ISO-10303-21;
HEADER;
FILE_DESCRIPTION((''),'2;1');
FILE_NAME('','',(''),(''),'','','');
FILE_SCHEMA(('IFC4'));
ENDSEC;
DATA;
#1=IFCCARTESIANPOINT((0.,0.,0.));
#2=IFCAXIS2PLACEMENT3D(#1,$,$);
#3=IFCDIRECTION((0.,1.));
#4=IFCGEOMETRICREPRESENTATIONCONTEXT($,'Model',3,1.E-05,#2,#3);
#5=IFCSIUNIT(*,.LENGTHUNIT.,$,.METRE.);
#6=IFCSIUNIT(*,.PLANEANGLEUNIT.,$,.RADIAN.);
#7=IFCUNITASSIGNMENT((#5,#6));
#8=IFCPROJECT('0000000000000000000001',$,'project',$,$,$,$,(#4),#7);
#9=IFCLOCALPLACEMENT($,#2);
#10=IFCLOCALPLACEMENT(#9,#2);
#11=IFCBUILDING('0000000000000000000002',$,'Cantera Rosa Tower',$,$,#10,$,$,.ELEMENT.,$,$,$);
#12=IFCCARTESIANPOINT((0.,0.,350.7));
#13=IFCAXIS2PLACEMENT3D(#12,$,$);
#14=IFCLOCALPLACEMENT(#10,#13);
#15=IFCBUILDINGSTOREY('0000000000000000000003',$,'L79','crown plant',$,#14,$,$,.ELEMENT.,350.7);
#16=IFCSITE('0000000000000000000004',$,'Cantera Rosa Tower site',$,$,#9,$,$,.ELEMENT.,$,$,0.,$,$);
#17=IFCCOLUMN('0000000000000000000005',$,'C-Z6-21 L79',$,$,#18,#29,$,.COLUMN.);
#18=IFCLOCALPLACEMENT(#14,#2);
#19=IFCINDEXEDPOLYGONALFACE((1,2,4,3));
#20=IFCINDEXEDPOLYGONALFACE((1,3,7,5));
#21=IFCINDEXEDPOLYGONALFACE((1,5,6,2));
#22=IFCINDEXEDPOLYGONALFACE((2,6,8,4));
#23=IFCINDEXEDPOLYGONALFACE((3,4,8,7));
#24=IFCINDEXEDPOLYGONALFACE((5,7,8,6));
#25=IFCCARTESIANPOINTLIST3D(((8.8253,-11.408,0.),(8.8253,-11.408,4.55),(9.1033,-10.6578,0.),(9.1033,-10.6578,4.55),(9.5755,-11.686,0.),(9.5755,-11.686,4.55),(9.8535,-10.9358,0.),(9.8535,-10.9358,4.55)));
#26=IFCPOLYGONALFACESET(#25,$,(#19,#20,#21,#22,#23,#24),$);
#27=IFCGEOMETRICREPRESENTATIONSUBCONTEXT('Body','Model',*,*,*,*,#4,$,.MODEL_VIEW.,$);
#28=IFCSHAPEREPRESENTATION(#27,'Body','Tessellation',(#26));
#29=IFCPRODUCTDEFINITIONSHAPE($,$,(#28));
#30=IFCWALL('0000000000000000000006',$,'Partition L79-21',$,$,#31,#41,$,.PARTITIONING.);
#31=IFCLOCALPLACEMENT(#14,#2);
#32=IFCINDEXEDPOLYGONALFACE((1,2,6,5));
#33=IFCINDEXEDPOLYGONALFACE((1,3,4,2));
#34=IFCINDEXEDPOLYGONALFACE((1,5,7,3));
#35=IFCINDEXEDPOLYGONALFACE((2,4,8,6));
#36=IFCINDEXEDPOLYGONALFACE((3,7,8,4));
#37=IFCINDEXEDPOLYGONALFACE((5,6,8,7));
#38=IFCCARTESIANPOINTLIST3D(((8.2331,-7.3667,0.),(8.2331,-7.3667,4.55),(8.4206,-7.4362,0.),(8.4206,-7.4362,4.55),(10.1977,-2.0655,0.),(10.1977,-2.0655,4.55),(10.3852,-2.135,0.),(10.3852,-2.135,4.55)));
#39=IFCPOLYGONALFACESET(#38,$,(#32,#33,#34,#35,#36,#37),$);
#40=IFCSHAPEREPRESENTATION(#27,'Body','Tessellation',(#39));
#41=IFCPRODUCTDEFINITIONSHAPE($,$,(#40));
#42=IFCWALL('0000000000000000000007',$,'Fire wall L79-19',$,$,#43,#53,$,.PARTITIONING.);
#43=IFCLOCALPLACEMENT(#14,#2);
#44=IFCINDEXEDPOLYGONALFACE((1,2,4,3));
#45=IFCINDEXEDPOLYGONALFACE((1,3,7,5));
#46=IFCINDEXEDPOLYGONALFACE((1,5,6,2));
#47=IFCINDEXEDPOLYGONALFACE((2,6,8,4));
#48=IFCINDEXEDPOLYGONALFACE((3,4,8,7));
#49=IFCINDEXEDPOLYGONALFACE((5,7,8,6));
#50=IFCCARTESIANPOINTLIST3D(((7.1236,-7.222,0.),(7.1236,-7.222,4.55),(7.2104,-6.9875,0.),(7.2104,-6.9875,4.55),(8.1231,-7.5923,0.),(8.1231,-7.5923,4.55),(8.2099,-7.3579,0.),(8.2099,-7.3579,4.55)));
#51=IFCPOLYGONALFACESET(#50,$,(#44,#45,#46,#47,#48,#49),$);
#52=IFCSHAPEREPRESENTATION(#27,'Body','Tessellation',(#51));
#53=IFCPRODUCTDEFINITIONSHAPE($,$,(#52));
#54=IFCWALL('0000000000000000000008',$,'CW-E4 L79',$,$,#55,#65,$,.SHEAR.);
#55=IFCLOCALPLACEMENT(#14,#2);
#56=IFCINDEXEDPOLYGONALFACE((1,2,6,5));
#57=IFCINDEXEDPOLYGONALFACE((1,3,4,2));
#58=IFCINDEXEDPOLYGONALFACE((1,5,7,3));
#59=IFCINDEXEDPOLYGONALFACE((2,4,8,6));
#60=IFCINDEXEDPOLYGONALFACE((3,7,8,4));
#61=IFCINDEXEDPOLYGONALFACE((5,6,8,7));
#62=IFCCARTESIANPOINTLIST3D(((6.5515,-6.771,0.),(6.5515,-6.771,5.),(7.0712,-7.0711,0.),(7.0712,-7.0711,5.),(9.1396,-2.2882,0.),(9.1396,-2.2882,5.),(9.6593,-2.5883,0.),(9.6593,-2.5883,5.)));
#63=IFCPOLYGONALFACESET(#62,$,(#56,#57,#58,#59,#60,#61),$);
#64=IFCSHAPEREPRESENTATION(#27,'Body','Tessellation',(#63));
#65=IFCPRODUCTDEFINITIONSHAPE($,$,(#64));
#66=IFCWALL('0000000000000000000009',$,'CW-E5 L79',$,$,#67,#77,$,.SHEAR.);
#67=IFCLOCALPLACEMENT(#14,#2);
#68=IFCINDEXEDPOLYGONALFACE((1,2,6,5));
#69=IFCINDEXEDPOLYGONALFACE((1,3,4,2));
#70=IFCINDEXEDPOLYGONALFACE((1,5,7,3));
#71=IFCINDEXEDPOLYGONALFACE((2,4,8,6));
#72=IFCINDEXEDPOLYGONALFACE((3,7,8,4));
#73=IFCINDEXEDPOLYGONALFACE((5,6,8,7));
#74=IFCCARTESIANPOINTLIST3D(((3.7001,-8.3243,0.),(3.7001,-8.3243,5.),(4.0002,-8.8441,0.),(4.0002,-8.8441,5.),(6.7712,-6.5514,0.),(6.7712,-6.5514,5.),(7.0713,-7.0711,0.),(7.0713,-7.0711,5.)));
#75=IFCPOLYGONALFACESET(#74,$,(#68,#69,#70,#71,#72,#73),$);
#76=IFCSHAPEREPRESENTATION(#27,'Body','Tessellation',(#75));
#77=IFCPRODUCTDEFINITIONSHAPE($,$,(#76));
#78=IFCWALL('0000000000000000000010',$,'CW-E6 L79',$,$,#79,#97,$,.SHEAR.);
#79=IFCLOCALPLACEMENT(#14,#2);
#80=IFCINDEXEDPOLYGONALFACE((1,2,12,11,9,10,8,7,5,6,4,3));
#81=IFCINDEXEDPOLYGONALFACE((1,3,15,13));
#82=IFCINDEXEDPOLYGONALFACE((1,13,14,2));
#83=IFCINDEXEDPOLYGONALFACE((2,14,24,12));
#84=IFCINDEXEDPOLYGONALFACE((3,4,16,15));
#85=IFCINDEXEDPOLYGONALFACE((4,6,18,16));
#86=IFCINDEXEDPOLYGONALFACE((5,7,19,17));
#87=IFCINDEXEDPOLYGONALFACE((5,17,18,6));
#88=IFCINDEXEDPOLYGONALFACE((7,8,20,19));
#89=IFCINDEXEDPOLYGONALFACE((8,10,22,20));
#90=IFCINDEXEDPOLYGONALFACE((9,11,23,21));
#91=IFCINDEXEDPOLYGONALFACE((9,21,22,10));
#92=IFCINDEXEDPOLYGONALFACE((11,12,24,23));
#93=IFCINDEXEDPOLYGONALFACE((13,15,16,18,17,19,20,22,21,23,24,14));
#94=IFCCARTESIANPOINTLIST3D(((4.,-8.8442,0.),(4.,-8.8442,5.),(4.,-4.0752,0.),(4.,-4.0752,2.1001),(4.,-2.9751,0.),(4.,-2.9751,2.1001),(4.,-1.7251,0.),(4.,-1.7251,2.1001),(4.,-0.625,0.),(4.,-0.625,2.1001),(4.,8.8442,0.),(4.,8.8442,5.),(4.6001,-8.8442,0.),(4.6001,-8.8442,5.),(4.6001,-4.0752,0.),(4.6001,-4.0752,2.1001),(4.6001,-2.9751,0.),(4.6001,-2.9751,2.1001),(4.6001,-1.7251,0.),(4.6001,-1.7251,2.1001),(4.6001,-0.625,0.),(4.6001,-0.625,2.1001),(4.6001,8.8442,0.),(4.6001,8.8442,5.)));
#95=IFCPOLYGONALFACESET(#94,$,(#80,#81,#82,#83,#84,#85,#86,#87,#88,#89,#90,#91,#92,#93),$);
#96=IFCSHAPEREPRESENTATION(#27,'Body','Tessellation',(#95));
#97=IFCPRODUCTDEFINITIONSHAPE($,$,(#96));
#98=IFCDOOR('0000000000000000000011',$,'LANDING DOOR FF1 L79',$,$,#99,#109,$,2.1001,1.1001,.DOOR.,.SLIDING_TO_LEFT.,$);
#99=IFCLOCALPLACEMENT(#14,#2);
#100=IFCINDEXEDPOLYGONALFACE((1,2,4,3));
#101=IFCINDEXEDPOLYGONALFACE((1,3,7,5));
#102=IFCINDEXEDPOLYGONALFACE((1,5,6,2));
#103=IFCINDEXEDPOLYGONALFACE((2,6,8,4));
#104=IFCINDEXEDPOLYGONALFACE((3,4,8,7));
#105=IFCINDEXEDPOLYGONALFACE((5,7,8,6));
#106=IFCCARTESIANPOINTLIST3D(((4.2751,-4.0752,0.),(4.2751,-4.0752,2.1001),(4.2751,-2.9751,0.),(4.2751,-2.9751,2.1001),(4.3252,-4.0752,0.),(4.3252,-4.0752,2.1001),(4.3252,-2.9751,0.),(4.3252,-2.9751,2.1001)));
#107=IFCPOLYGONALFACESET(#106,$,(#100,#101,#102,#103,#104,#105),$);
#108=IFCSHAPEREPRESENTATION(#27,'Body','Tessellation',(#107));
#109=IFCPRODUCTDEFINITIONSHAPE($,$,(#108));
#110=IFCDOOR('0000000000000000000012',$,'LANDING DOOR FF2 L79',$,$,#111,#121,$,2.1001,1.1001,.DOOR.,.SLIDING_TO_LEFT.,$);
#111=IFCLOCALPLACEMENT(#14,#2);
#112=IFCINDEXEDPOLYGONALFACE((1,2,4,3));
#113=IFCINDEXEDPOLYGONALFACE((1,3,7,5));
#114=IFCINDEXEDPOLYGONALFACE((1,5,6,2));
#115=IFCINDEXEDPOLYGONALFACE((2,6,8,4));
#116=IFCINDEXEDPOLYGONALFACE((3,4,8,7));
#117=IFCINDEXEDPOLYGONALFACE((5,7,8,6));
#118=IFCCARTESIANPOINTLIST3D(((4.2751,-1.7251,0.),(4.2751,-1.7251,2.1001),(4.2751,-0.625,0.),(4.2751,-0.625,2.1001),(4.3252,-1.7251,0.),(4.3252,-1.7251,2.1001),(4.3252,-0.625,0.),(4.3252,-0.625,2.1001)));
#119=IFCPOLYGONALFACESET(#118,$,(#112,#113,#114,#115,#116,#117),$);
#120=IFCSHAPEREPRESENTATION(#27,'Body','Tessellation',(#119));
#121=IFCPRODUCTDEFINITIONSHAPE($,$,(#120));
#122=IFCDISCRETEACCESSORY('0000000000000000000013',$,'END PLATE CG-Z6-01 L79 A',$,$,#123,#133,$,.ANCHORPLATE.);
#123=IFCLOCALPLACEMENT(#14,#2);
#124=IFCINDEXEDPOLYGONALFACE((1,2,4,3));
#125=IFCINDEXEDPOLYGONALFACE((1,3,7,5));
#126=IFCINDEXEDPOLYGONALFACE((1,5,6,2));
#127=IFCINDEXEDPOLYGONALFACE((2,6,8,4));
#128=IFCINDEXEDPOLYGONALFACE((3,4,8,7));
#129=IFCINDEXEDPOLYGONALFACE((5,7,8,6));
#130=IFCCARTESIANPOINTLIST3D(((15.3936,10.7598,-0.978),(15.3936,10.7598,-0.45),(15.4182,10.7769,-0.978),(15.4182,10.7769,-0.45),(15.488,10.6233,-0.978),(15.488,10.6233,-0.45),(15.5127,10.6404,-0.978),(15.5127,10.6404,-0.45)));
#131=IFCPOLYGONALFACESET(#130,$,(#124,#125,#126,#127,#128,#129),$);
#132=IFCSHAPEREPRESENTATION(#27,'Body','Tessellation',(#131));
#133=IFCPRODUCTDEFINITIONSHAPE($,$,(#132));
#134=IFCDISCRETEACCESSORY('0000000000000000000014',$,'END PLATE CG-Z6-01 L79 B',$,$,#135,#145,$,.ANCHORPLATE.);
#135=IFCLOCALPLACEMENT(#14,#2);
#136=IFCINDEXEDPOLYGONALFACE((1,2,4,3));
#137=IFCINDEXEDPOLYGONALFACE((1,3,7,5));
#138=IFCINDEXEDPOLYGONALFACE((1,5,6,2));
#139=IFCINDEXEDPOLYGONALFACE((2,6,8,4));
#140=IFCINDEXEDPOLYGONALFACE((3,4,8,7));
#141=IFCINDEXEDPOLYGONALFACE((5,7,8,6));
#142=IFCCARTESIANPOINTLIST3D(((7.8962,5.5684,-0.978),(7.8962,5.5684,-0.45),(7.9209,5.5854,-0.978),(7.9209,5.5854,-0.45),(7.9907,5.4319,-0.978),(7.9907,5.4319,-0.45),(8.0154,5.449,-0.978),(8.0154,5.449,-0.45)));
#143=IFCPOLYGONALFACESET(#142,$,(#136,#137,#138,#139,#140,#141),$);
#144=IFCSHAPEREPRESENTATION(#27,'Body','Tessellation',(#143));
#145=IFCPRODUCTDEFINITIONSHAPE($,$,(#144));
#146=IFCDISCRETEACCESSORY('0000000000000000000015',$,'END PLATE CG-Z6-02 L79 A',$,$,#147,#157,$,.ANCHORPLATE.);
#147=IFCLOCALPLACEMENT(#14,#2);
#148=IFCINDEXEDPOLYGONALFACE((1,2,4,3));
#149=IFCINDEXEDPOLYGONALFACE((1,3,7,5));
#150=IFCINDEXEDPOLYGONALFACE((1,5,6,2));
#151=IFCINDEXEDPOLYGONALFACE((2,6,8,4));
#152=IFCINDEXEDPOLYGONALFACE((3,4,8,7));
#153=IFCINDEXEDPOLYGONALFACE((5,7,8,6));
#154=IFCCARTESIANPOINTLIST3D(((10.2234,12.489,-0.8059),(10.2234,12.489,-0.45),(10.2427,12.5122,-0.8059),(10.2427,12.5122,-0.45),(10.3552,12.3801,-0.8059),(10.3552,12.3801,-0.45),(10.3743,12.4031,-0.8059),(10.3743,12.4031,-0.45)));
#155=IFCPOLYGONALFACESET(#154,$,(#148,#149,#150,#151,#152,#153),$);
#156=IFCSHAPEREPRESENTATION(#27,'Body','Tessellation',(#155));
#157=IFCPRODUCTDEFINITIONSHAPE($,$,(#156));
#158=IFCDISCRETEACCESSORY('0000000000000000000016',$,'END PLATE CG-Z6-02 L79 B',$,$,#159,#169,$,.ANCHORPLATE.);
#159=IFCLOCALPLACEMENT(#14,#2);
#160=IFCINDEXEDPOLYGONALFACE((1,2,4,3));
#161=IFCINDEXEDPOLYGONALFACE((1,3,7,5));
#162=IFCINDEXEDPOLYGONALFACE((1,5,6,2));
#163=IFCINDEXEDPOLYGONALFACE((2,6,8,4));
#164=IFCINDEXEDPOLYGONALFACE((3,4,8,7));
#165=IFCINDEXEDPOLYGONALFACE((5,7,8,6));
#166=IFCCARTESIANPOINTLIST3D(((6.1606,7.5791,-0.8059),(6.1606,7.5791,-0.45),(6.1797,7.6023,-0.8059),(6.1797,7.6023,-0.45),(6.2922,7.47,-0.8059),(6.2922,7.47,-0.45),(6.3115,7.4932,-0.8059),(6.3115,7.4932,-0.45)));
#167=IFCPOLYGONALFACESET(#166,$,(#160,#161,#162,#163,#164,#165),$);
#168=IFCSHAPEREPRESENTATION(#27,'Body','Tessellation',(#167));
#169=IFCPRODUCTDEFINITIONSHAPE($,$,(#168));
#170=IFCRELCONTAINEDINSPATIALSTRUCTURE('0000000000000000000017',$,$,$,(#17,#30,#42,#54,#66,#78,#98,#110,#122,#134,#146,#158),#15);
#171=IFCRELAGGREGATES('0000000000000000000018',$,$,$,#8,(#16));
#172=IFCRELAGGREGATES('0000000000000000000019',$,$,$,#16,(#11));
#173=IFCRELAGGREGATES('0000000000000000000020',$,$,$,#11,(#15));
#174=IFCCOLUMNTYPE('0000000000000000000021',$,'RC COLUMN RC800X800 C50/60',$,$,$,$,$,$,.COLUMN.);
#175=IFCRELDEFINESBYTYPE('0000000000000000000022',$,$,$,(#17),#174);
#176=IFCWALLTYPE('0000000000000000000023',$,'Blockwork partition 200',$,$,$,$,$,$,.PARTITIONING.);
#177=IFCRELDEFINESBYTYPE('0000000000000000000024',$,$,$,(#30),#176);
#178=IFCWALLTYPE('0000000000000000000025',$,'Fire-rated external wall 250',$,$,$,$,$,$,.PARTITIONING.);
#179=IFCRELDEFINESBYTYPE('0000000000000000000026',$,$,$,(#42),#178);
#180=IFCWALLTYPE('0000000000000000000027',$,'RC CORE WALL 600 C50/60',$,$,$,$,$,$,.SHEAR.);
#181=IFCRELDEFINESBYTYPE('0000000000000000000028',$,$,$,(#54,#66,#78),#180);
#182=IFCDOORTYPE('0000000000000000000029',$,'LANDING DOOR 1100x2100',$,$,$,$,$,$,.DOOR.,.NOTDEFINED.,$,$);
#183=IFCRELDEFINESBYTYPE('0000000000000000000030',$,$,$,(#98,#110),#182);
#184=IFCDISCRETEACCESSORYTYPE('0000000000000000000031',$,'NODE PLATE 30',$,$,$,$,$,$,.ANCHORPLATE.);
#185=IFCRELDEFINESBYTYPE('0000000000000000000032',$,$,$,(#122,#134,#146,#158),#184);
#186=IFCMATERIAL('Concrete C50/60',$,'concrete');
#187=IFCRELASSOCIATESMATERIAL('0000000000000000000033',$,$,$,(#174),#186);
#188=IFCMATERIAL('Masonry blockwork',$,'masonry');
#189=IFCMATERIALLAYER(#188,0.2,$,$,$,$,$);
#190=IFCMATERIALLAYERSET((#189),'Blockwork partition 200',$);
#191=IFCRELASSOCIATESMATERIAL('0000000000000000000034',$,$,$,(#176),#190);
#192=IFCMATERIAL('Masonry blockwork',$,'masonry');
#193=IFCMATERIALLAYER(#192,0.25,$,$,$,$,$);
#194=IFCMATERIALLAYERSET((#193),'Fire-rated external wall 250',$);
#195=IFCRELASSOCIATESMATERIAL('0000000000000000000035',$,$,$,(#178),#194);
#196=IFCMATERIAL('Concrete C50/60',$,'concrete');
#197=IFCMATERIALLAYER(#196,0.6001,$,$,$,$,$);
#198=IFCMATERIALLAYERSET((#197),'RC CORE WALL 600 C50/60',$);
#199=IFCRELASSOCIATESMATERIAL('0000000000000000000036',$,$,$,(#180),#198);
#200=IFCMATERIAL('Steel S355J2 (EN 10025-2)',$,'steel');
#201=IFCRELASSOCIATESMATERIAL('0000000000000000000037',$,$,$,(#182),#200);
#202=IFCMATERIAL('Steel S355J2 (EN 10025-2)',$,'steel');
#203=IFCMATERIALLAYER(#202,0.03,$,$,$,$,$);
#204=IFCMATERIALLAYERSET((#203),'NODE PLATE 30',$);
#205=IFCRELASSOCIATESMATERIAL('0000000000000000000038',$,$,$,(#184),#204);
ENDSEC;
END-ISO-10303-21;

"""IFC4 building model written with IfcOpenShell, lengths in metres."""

from ifc_helpers import new_model, si_unit, direction, frame, frame_2d, origin, origin_2d, place, context, subcontext, project, spatial, polyline, rectangle, outline, extrude, material, layer, layer_set, material_profile, profile_set, type_object, element, fill, save


model = new_model("IFC4")

# Units and contexts
model_context = context("Model", 3, precision=1e-05, world=origin(), true_north=direction((0.0, 1.0)))
body_context = subcontext(model_context, "Body", "Model", "MODEL_VIEW")
ifc_project = project(units=[si_unit("LENGTHUNIT", "METRE"), si_unit("PLANEANGLEUNIT", "RADIAN")], contexts=[model_context])

# Site, building, storey
site_placement = place(None, origin())
site = spatial("IfcSite", under=ifc_project, at=site_placement, Name="Cantera Rosa Tower site", CompositionType="ELEMENT", RefElevation=0.0)
building_placement = place(site_placement, origin())
building = spatial("IfcBuilding", under=site, at=building_placement, Name="Cantera Rosa Tower", CompositionType="ELEMENT")
storey_placement = place(building_placement, frame((0.0, 0.0, 350.7)))
storey = spatial("IfcBuildingStorey", under=building, at=storey_placement, Name="L79", Description="crown plant", CompositionType="ELEMENT", Elevation=350.7)

# Column
ifc_material_1 = material(Name="Concrete C50/60", Category="concrete")
ifc_material_profile = material_profile(ifc_material_1, rectangle(XDim=0.8, YDim=0.8, at=origin_2d()), Name="RC COLUMN RC800X800 C50/60")
ifc_profile_set = profile_set([ifc_material_profile], Name="Concrete C50/60")
column_type = type_object("IfcColumnType", Name="RC COLUMN RC800X800 C50/60", PredefinedType="COLUMN", material=ifc_profile_set)
column_placement = place(storey_placement, frame((9.3394, -11.1719, 0.0), z_axis=(0.0, 0.0, 1.0), x_axis=(0.347481, 0.937687, 0.0)))
element("IfcColumn", 1, at=column_placement, inside=storey, type_object=column_type, Name="C-Z6-21 L79", PredefinedType="COLUMN", context=body_context, shape_type="SweptSolid", body=[
    extrude(rectangle(XDim=0.8, YDim=0.8, at=origin_2d()), origin(), (0.0, 0.0, 1.0), 4.55),
])

# Walls
ifc_material_2 = material(Name="Masonry blockwork", Category="masonry")
ifc_layer_1 = layer(ifc_material_2, 0.2)
ifc_layer_set_1 = layer_set([ifc_layer_1], Name="Blockwork partition 200")
wall_type_1 = type_object("IfcWallType", Name="Blockwork partition 200", PredefinedType="PARTITIONING", material=ifc_layer_set_1)
wall_1_placement = place(storey_placement, frame((8.3269, -7.4014, 0.0), z_axis=(0.0, 0.0, 1.0), x_axis=(0.347496, 0.937682, 0.0)))
element("IfcWall", 2, at=wall_1_placement, inside=storey, type_object=wall_type_1, Name="Partition L79-21", PredefinedType="PARTITIONING", context=body_context, shape_type="SweptSolid", body=[
    extrude(rectangle(XDim=5.6536, YDim=0.2, at=frame_2d((2.8267, 0.0))), origin(), (0.0, 0.0, 1.0), 4.55),
])
ifc_material_3 = material(Name="Masonry blockwork", Category="masonry")
ifc_layer_2 = layer(ifc_material_3, 0.25)
ifc_layer_set_2 = layer_set([ifc_layer_2], Name="Fire-rated external wall 250")
wall_type_2 = type_object("IfcWallType", Name="Fire-rated external wall 250", PredefinedType="PARTITIONING", material=ifc_layer_set_2)
wall_2_placement = place(storey_placement, frame((8.1665, -7.4751, 0.0), z_axis=(0.0, 0.0, 1.0), x_axis=(-0.937696, 0.347456, 0.0)))
element("IfcWall", 3, at=wall_2_placement, inside=storey, type_object=wall_type_2, Name="Fire wall L79-19", PredefinedType="PARTITIONING", context=body_context, shape_type="SweptSolid", body=[
    extrude(rectangle(XDim=1.0659, YDim=0.25, at=frame_2d((0.533, 0.0))), origin(), (0.0, 0.0, 1.0), 4.55),
])
ifc_material_4 = material(Name="Concrete C50/60", Category="concrete")
ifc_layer_3 = layer(ifc_material_4, 0.6001)
ifc_layer_set_3 = layer_set([ifc_layer_3], Name="RC CORE WALL 600 C50/60")
wall_type_3 = type_object("IfcWallType", Name="RC CORE WALL 600 C50/60", PredefinedType="SHEAR", material=ifc_layer_set_3)
wall_3_placement = place(storey_placement, frame((9.3994, -2.4382, 0.0), z_axis=(0.0, 0.0, 1.0), x_axis=(-0.499989, -0.866032, 0.0)))
element("IfcWall", 4, at=wall_3_placement, inside=storey, type_object=wall_type_3, Name="CW-E4 L79", PredefinedType="SHEAR", context=body_context, shape_type="SweptSolid", body=[
    extrude(rectangle(XDim=5.1763, YDim=0.6001, at=frame_2d((2.5881, 0.0))), origin(), (0.0, 0.0, 1.0), 5.0),
])
wall_4_placement = place(storey_placement, frame((6.9211, -6.8113, 0.0), z_axis=(0.0, 0.0, 1.0), x_axis=(-0.86604, -0.499975, 0.0)))
element("IfcWall", 5, at=wall_4_placement, inside=storey, type_object=wall_type_3, Name="CW-E5 L79", PredefinedType="SHEAR", context=body_context, shape_type="SweptSolid", body=[
    extrude(rectangle(XDim=3.5461, YDim=0.6001, at=frame_2d((1.7729, 0.0))), origin(), (0.0, 0.0, 1.0), 5.0),
])

# Wall, openings, doors
wall_5_placement = place(storey_placement, frame((4.3, -8.8442, 0.0), z_axis=(0.0, 0.0, 1.0), x_axis=(0.0, 1.0, 0.0)))
wall_5 = element("IfcWall", 6, at=wall_5_placement, inside=storey, type_object=wall_type_3, Name="CW-E6 L79", PredefinedType="SHEAR", context=body_context, shape_type="SweptSolid", body=[
    extrude(rectangle(XDim=17.6885, YDim=0.6001, at=frame_2d((8.8442, 0.0))), origin(), (0.0, 0.0, 1.0), 5.0),
])
opening_1_placement = place(wall_5_placement, frame((4.769, 0.0, 0.0)))
opening_1 = element("IfcOpeningElement", 7, at=opening_1_placement, cuts=wall_5, PredefinedType="OPENING", context=body_context, shape_type="SweptSolid", body=[
    extrude(rectangle(XDim=1.1001, YDim=2.1001, at=frame_2d((0.55, 1.05))), frame((0.0, 0.3101, 0.0), z_axis=(0.0, -1.0, 0.0), x_axis=(1.0, 0.0, 0.0)), (0.0, 0.0, 1.0), 0.6201),
])
opening_2_placement = place(wall_5_placement, frame((7.1191, 0.0, 0.0)))
opening_2 = element("IfcOpeningElement", 8, at=opening_2_placement, cuts=wall_5, PredefinedType="OPENING", context=body_context, shape_type="SweptSolid", body=[
    extrude(rectangle(XDim=1.1001, YDim=2.1001, at=frame_2d((0.55, 1.05))), frame((0.0, 0.3101, 0.0), z_axis=(0.0, -1.0, 0.0), x_axis=(1.0, 0.0, 0.0)), (0.0, 0.0, 1.0), 0.6201),
])
ifc_material_5 = material(Name="Steel S355J2 (EN 10025-2)", Category="steel")
door_type = type_object("IfcDoorType", Name="LANDING DOOR 1100x2100", OperationType="NOTDEFINED", PredefinedType="DOOR", material=ifc_material_5)
door_1_placement = place(opening_1_placement, origin())
door_1 = element("IfcDoor", 9, at=door_1_placement, inside=storey, type_object=door_type, Name="LANDING DOOR FF1 L79", OperationType="SLIDING_TO_LEFT", OverallHeight=2.1001, OverallWidth=1.1001, PredefinedType="DOOR", context=body_context, shape_type="SweptSolid", body=[
    extrude(rectangle(XDim=1.1001, YDim=2.1001, at=frame_2d((0.55, 1.05))), frame((0.0, 0.0249, 0.0), z_axis=(0.0, -1.0, 0.0), x_axis=(1.0, 0.0, 0.0)), (0.0, 0.0, 1.0), 0.05),
])
fill(opening_1, door_1)
door_2_placement = place(opening_2_placement, origin())
door_2 = element("IfcDoor", 10, at=door_2_placement, inside=storey, type_object=door_type, Name="LANDING DOOR FF2 L79", OperationType="SLIDING_TO_LEFT", OverallHeight=2.1001, OverallWidth=1.1001, PredefinedType="DOOR", context=body_context, shape_type="SweptSolid", body=[
    extrude(rectangle(XDim=1.1001, YDim=2.1001, at=frame_2d((0.55, 1.05))), frame((0.0, 0.0249, 0.0), z_axis=(0.0, -1.0, 0.0), x_axis=(1.0, 0.0, 0.0)), (0.0, 0.0, 1.0), 0.05),
])
fill(opening_2, door_2)

# Discrete accessories
ifc_material_6 = material(Name="Steel S355J2 (EN 10025-2)", Category="steel")
ifc_layer_4 = layer(ifc_material_6, 0.03)
ifc_layer_set_4 = layer_set([ifc_layer_4], Name="NODE PLATE 30")
discrete_accessory_type = type_object("IfcDiscreteAccessoryType", Name="NODE PLATE 30", PredefinedType="ANCHORPLATE", material=ifc_layer_set_4)
discrete_accessory_1_placement = place(storey_placement, frame((0.0, 0.0, -0.978)))
element("IfcDiscreteAccessory", 11, at=discrete_accessory_1_placement, inside=storey, type_object=discrete_accessory_type, Name="END PLATE CG-Z6-01 L79 A", PredefinedType="ANCHORPLATE", context=body_context, shape_type="SweptSolid", body=[
    extrude(outline(polyline([(15.3936, 10.7598), (15.4182, 10.7769), (15.5127, 10.6404), (15.488, 10.6233), (15.3936, 10.7598)])), origin(), (0.0, 0.0, 1.0), 0.5281),
])
discrete_accessory_2_placement = place(storey_placement, frame((0.0, 0.0, -0.978)))
element("IfcDiscreteAccessory", 12, at=discrete_accessory_2_placement, inside=storey, type_object=discrete_accessory_type, Name="END PLATE CG-Z6-01 L79 B", PredefinedType="ANCHORPLATE", context=body_context, shape_type="SweptSolid", body=[
    extrude(outline(polyline([(8.0154, 5.449), (7.9907, 5.4319), (7.8962, 5.5684), (7.9209, 5.5854), (8.0154, 5.449)])), origin(), (0.0, 0.0, 1.0), 0.5281),
])
discrete_accessory_3_placement = place(storey_placement, frame((0.0, 0.0, -0.8059)))
element("IfcDiscreteAccessory", 13, at=discrete_accessory_3_placement, inside=storey, type_object=discrete_accessory_type, Name="END PLATE CG-Z6-02 L79 A", PredefinedType="ANCHORPLATE", context=body_context, shape_type="SweptSolid", body=[
    extrude(outline(polyline([(10.2234, 12.489), (10.2427, 12.5122), (10.3743, 12.4031), (10.3552, 12.3801), (10.2234, 12.489)])), origin(), (0.0, 0.0, 1.0), 0.356),
])
discrete_accessory_4_placement = place(storey_placement, frame((0.0, 0.0, -0.8059)))
element("IfcDiscreteAccessory", 14, at=discrete_accessory_4_placement, inside=storey, type_object=discrete_accessory_type, Name="END PLATE CG-Z6-02 L79 B", PredefinedType="ANCHORPLATE", context=body_context, shape_type="SweptSolid", body=[
    extrude(outline(polyline([(6.3115, 7.4932), (6.2922, 7.47), (6.1606, 7.5791), (6.1797, 7.6023), (6.3115, 7.4932)])), origin(), (0.0, 0.0, 1.0), 0.356),
])

save(model, "model.ifc")
